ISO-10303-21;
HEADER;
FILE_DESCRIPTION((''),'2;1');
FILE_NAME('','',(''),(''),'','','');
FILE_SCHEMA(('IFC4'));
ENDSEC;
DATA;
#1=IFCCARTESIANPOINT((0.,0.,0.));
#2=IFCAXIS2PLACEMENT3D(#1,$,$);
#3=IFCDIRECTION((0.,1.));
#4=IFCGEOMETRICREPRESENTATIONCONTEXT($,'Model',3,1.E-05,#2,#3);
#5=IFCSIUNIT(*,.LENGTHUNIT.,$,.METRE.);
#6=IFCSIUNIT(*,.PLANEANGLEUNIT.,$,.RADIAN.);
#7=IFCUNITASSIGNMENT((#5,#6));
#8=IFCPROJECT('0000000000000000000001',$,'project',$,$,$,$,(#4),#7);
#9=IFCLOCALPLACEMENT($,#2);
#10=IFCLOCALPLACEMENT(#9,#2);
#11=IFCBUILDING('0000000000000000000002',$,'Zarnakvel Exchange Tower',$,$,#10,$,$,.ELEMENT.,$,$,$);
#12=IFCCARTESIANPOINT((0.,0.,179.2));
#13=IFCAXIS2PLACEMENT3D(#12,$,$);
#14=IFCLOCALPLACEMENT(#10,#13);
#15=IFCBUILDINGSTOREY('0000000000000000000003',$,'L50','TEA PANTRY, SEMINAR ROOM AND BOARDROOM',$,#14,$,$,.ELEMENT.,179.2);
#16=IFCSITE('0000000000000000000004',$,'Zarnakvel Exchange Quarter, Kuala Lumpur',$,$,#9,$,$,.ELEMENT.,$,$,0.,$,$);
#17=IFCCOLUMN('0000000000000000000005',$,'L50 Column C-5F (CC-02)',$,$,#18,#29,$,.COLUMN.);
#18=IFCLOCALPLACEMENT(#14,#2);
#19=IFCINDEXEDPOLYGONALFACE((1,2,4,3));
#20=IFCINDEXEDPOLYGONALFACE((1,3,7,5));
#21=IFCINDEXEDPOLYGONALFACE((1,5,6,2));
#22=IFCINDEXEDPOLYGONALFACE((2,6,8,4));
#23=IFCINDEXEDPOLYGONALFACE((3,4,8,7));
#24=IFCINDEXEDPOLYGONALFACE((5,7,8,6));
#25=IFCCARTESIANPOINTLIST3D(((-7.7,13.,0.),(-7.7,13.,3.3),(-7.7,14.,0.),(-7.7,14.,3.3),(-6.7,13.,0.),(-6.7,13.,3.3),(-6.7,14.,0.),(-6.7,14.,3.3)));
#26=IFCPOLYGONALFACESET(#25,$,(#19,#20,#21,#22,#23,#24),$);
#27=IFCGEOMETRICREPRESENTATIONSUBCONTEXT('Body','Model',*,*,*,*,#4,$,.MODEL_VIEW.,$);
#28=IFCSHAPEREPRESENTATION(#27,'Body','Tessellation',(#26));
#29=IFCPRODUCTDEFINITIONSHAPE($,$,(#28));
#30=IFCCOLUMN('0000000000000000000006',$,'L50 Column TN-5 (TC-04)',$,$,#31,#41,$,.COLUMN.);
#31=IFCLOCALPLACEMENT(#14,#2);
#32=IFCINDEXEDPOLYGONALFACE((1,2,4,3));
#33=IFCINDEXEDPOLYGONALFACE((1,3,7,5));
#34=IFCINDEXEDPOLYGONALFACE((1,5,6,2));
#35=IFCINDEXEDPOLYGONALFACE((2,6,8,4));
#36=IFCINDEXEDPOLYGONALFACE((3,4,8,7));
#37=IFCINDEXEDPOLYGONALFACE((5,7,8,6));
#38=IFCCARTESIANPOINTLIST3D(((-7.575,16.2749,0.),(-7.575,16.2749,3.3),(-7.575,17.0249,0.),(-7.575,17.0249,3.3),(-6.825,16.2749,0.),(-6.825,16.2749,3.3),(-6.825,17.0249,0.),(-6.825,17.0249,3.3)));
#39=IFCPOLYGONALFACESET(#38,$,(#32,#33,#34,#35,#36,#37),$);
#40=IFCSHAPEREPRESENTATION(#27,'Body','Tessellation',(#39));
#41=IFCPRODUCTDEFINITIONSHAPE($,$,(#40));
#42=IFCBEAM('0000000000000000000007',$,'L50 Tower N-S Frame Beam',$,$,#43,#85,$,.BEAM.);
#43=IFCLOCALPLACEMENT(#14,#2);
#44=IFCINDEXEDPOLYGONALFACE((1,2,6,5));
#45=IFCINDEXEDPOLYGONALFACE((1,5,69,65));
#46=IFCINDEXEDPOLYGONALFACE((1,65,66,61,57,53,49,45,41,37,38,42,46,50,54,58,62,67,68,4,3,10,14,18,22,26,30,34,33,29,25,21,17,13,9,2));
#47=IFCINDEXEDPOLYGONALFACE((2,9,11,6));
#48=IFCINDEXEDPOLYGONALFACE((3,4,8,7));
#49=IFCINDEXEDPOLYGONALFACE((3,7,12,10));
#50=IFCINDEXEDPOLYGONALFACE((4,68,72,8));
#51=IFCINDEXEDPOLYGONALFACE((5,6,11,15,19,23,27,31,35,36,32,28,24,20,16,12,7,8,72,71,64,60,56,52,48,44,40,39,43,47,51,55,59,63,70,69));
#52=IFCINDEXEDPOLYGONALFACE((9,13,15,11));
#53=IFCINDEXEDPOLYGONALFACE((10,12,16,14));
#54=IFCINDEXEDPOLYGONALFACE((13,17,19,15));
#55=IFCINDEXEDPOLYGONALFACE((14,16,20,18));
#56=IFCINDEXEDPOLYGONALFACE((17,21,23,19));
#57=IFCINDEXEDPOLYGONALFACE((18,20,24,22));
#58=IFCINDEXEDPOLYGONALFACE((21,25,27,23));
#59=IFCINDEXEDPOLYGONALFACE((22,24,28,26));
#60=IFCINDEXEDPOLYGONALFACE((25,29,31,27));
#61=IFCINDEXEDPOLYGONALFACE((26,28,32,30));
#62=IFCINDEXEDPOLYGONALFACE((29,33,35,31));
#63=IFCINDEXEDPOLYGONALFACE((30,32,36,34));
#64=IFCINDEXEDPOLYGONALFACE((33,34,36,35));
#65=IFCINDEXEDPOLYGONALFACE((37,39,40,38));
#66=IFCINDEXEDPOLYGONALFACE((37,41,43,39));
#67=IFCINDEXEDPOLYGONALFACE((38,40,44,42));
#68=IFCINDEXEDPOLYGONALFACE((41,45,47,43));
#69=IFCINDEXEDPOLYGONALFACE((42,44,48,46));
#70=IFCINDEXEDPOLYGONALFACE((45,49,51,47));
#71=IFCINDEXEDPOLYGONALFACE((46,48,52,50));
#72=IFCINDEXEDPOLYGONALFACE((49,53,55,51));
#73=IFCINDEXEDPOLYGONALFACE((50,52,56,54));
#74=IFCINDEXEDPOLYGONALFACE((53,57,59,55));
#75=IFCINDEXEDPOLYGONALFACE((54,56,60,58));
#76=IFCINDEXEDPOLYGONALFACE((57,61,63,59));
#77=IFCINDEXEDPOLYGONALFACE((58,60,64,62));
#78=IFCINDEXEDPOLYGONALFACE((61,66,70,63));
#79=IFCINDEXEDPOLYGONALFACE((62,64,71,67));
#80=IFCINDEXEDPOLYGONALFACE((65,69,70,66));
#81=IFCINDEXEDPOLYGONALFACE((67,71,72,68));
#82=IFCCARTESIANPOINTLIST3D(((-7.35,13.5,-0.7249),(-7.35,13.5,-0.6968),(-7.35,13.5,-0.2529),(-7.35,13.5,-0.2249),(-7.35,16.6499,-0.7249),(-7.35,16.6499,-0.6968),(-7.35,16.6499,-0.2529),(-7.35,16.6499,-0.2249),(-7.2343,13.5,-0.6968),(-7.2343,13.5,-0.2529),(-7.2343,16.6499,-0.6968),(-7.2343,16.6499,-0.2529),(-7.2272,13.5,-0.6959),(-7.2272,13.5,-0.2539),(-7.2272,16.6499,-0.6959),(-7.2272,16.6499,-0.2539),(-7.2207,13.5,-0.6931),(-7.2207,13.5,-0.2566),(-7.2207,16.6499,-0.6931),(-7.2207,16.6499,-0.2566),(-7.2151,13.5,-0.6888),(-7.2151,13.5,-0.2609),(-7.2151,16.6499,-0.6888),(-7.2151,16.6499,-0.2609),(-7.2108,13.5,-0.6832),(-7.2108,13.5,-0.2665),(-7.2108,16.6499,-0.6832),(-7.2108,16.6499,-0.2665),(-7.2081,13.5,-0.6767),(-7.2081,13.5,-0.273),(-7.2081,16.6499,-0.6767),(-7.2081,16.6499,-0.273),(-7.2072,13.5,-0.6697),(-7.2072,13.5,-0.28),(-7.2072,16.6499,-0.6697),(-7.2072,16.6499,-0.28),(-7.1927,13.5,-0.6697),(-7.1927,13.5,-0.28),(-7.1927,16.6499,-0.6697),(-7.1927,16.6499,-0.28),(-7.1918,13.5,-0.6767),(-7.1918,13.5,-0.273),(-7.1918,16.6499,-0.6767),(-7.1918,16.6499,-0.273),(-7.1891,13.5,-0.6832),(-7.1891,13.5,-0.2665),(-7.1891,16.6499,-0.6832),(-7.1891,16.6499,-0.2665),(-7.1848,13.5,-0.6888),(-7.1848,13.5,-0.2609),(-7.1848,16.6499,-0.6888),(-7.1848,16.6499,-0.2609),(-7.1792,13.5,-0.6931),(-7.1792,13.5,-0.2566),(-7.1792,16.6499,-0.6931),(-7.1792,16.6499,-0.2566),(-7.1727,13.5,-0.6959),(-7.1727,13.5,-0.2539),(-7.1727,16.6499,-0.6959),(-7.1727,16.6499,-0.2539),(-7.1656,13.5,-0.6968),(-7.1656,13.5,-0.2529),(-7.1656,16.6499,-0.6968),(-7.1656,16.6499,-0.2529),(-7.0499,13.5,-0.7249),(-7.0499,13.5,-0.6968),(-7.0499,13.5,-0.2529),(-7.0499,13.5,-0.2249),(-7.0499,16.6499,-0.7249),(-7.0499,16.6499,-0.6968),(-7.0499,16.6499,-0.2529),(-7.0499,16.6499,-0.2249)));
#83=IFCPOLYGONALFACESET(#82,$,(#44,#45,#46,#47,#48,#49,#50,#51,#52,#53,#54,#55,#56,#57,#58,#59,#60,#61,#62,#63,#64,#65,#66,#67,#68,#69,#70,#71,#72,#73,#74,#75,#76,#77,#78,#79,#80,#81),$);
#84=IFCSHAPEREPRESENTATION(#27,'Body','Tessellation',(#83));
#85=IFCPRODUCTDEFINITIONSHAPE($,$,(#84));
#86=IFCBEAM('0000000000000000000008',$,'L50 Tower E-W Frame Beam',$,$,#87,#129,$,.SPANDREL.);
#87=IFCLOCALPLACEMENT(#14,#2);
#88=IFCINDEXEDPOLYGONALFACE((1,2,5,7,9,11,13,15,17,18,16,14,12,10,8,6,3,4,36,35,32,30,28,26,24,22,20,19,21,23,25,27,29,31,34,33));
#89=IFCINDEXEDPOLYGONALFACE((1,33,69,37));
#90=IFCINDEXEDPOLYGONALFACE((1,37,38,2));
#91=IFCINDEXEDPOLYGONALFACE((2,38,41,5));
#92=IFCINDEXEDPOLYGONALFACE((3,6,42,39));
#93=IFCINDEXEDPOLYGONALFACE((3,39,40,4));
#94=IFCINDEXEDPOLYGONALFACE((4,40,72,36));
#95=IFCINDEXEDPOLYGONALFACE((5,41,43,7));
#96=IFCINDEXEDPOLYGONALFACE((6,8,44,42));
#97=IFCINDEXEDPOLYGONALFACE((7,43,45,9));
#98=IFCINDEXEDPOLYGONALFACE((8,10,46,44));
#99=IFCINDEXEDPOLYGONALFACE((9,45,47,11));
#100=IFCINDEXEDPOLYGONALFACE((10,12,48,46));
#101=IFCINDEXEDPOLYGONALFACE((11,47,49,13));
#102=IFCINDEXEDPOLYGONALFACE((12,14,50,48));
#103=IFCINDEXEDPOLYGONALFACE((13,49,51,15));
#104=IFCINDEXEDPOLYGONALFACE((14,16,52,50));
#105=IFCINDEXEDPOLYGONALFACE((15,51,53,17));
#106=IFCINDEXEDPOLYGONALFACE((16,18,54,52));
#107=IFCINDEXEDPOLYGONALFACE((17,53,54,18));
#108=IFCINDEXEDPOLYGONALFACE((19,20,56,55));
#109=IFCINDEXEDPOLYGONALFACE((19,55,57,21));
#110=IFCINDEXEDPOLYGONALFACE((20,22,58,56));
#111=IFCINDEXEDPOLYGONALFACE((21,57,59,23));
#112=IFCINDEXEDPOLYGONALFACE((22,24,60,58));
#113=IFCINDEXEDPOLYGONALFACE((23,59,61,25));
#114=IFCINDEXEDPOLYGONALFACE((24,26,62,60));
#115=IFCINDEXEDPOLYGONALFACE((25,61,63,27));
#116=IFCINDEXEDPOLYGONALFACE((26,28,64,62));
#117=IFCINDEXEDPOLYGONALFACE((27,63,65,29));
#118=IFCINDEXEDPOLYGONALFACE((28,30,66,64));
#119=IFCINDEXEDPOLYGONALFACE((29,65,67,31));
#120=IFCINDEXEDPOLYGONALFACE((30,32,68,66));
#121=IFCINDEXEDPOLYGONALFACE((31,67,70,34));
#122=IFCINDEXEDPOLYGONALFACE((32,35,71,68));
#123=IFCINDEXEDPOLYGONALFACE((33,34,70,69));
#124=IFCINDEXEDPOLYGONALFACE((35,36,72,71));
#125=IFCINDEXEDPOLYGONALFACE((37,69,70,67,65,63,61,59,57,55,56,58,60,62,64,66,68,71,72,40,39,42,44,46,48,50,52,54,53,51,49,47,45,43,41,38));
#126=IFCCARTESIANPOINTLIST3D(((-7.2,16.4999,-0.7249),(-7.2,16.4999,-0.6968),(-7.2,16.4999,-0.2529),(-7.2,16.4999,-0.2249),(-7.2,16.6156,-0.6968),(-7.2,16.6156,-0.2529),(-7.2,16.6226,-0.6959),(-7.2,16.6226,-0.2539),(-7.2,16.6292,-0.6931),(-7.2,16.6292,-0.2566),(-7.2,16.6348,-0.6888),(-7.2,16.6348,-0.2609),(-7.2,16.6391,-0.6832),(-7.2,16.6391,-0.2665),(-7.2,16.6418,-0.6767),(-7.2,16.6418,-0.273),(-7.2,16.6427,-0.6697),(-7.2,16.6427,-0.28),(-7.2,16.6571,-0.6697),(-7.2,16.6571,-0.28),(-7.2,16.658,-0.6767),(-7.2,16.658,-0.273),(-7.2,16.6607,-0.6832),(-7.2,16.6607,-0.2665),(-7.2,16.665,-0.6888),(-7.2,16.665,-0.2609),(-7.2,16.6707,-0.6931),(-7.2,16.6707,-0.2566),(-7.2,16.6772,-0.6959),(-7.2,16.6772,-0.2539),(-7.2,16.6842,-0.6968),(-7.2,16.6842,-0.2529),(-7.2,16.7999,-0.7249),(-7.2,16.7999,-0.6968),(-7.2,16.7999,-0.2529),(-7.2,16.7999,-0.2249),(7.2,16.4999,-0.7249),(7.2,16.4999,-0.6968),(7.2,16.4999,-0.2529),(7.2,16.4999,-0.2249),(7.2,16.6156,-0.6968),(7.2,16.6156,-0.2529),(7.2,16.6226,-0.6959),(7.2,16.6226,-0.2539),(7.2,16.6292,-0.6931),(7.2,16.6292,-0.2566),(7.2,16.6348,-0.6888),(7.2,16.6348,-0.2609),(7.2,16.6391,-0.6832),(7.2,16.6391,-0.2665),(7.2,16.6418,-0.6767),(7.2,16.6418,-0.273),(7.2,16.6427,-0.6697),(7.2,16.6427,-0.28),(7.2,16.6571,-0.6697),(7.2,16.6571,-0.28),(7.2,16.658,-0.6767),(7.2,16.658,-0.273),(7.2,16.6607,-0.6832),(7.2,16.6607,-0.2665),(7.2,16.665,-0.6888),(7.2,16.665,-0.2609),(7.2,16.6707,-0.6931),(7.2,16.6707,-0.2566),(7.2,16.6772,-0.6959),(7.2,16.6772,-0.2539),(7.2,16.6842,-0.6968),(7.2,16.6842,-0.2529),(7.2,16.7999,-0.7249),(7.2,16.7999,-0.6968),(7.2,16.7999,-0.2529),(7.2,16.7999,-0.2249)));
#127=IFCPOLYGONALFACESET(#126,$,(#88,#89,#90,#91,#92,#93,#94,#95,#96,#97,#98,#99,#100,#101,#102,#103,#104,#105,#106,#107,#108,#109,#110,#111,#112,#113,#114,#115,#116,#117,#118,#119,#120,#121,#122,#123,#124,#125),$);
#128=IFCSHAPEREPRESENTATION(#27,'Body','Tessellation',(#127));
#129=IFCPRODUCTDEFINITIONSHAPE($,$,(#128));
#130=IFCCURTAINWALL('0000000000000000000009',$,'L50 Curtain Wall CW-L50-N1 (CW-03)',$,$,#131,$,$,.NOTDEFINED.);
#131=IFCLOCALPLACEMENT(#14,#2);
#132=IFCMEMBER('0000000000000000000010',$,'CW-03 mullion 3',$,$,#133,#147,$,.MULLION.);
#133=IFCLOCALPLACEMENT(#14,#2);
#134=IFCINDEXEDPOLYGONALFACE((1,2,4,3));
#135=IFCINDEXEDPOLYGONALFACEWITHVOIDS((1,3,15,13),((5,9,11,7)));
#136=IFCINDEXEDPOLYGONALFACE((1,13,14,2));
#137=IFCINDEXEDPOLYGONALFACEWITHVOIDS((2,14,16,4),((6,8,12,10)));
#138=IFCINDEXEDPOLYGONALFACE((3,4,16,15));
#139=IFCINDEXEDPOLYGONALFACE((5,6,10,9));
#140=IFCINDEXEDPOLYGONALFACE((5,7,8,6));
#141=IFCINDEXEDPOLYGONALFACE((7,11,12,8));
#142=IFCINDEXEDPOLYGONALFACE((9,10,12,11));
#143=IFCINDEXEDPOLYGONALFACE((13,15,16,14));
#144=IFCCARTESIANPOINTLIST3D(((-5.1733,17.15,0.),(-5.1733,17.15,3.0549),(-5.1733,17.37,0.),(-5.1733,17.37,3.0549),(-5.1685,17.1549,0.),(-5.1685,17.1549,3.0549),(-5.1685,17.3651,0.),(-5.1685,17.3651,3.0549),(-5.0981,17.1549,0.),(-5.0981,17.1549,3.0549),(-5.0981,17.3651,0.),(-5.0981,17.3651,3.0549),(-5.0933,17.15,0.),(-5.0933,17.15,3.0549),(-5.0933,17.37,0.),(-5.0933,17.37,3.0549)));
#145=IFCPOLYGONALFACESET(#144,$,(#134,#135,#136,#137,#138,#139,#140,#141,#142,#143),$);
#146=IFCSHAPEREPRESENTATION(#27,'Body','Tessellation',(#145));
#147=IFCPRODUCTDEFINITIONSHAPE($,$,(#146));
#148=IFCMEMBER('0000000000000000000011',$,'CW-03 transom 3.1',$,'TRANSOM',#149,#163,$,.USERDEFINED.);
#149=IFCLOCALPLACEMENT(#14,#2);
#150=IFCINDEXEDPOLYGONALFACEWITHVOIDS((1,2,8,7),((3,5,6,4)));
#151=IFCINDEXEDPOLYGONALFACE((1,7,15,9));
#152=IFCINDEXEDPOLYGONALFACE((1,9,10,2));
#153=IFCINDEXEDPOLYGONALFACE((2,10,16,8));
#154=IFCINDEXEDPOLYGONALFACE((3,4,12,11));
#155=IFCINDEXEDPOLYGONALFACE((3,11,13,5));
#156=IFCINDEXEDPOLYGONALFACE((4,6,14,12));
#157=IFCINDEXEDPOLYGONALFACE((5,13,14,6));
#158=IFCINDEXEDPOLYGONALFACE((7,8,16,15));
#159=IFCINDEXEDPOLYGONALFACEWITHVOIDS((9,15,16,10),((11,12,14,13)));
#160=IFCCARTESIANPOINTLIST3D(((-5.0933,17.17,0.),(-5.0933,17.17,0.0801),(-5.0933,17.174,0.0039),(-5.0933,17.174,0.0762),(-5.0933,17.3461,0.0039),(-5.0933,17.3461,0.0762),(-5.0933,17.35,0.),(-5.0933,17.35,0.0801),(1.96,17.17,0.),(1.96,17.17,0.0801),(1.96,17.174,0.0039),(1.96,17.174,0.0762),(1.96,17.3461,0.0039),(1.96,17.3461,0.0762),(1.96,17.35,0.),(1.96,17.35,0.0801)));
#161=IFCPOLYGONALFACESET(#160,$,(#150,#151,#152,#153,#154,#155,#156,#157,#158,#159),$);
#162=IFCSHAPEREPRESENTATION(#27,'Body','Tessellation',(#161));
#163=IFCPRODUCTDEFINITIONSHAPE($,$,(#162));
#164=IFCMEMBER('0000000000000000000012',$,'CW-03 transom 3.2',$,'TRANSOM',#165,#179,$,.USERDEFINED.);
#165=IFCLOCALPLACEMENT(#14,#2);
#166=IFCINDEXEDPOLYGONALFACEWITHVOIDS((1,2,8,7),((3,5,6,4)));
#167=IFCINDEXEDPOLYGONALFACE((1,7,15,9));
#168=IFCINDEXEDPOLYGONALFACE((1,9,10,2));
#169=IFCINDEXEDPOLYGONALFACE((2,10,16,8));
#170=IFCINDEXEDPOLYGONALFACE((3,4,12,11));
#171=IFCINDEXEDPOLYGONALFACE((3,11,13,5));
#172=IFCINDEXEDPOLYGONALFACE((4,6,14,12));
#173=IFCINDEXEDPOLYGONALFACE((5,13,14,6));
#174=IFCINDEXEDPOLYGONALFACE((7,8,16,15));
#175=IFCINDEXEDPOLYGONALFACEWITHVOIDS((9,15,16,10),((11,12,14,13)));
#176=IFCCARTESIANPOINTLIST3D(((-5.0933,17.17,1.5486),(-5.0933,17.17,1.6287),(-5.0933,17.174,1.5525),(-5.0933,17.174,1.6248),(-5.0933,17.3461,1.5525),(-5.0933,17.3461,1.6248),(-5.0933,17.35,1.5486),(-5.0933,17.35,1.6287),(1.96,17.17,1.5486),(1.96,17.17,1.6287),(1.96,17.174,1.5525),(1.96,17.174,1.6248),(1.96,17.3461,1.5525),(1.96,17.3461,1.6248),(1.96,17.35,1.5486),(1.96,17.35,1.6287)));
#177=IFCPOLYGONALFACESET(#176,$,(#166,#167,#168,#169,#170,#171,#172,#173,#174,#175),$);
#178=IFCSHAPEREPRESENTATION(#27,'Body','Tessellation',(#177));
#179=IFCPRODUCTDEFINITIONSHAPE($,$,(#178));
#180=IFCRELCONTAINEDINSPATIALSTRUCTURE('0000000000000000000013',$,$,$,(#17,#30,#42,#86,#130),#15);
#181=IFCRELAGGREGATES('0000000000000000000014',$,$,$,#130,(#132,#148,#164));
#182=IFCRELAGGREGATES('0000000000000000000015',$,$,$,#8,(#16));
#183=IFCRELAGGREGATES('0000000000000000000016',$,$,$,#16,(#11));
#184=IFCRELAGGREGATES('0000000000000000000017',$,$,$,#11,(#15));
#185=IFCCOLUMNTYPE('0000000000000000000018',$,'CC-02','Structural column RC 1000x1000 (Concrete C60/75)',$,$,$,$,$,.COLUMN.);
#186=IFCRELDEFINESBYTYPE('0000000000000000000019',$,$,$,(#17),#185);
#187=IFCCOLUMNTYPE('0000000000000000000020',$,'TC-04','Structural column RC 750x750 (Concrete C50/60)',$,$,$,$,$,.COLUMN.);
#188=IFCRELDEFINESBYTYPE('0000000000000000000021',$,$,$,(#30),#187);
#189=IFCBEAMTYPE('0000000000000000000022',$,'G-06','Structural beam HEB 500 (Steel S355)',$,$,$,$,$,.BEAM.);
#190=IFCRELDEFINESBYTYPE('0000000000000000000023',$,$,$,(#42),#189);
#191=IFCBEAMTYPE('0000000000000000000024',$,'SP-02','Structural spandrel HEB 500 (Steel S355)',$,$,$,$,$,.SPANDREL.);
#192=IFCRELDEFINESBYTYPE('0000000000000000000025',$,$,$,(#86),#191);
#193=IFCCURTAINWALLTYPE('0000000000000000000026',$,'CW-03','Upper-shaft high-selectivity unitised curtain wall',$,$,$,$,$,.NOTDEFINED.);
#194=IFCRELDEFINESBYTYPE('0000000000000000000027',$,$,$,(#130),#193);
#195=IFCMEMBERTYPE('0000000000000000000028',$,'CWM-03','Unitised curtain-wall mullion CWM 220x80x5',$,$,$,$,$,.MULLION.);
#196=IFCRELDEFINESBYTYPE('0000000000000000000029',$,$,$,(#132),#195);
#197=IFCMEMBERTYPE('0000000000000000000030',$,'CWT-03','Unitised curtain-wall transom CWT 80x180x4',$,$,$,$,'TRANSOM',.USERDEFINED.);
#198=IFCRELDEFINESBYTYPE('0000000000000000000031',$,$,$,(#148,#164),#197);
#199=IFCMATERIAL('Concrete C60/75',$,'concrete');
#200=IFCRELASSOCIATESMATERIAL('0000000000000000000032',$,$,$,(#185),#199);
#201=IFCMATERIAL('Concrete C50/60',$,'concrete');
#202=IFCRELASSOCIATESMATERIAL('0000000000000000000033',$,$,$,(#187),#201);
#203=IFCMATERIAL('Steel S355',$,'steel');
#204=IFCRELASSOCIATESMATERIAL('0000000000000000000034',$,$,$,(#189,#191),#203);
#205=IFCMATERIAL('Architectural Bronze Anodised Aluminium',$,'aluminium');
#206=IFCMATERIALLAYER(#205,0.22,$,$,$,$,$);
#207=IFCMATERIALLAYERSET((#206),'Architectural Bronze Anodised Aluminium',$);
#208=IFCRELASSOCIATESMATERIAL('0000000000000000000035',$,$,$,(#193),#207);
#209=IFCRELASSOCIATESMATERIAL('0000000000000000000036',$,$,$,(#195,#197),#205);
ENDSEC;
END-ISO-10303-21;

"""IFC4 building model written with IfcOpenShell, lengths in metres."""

from ifc_helpers import new_model, si_unit, direction, frame, origin, origin_2d, place, context, subcontext, project, spatial, rectangle, hollow_rectangle, i_section, extrude, source, transform, mapped, material, layer, layer_set, material_profile, profile_set, type_object, element, aggregate, save


model = new_model("IFC4")

# Units and contexts
model_context = context("Model", 3, precision=1e-05, world=origin(), true_north=direction((0.0, 1.0)))
body_context = subcontext(model_context, "Body", "Model", "MODEL_VIEW")
ifc_project = project(units=[si_unit("LENGTHUNIT", "METRE"), si_unit("PLANEANGLEUNIT", "RADIAN")], contexts=[model_context])

# Site, building, storey
site_placement = place(None, origin())
site = spatial("IfcSite", under=ifc_project, at=site_placement, Name="Zarnakvel Exchange Quarter, Kuala Lumpur", CompositionType="ELEMENT", RefElevation=0.0)
building_placement = place(site_placement, origin())
building = spatial("IfcBuilding", under=site, at=building_placement, Name="Zarnakvel Exchange Tower", CompositionType="ELEMENT")
storey_placement = place(building_placement, frame((0.0, 0.0, 179.2)))
storey = spatial("IfcBuildingStorey", under=building, at=storey_placement, Name="L50", Description="TEA PANTRY, SEMINAR ROOM AND BOARDROOM", CompositionType="ELEMENT", Elevation=179.2)

# Columns
ifc_material_1 = material(Name="Concrete C60/75", Category="concrete")
ifc_material_profile_1 = material_profile(ifc_material_1, rectangle(XDim=1.0, YDim=1.0, at=origin_2d()))
ifc_profile_set_1 = profile_set([ifc_material_profile_1], Name="Concrete C60/75")
column_type_1 = type_object("IfcColumnType", Name="CC-02", Description="Structural column RC 1000x1000 (Concrete C60/75)", PredefinedType="COLUMN", material=ifc_profile_set_1)
column_1_placement = place(storey_placement, frame((-7.2, 13.5, 0.0), z_axis=(0.0, 0.0, 1.0), x_axis=(1.0, 0.0, 0.0)))
element("IfcColumn", 1, at=column_1_placement, inside=storey, type_object=column_type_1, Name="L50 Column C-5F (CC-02)", PredefinedType="COLUMN", context=body_context, shape_type="SweptSolid", body=[
    extrude(rectangle(XDim=1.0, YDim=1.0, at=origin_2d()), origin(), (0.0, 0.0, 1.0), 3.3),
])
ifc_material_2 = material(Name="Concrete C50/60", Category="concrete")
ifc_material_profile_2 = material_profile(ifc_material_2, rectangle(XDim=0.75, YDim=0.75, at=origin_2d()))
ifc_profile_set_2 = profile_set([ifc_material_profile_2], Name="Concrete C50/60")
column_type_2 = type_object("IfcColumnType", Name="TC-04", Description="Structural column RC 750x750 (Concrete C50/60)", PredefinedType="COLUMN", material=ifc_profile_set_2)
column_2_placement = place(storey_placement, frame((-7.2, 16.6499, 0.0), z_axis=(0.0, 0.0, 1.0), x_axis=(1.0, 0.0, 0.0)))
element("IfcColumn", 2, at=column_2_placement, inside=storey, type_object=column_type_2, Name="L50 Column TN-5 (TC-04)", PredefinedType="COLUMN", context=body_context, shape_type="SweptSolid", body=[
    extrude(rectangle(XDim=0.75, YDim=0.75, at=origin_2d()), origin(), (0.0, 0.0, 1.0), 3.3),
])

# Beams
ifc_material_3 = material(Name="Steel S355", Category="steel")
ifc_material_profile_3 = material_profile(ifc_material_3, i_section(OverallWidth=0.3, OverallDepth=0.5, WebThickness=0.0144, FlangeThickness=0.0281, FilletRadius=0.0271, at=origin_2d()))
ifc_profile_set_3 = profile_set([ifc_material_profile_3], Name="Steel S355")
beam_type_1 = type_object("IfcBeamType", Name="G-06", Description="Structural beam HEB 500 (Steel S355)", PredefinedType="BEAM", material=ifc_profile_set_3)
beam_1_placement = place(storey_placement, frame((-7.2, 13.5, -0.4749), z_axis=(0.0, 1.0, 0.0), x_axis=(-1.0, 0.0, 0.0)))
element("IfcBeam", 3, at=beam_1_placement, inside=storey, type_object=beam_type_1, Name="L50 Tower N-S Frame Beam", PredefinedType="BEAM", context=body_context, shape_type="SweptSolid", body=[
    extrude(i_section(OverallWidth=0.3, OverallDepth=0.5, WebThickness=0.0144, FlangeThickness=0.0281, FilletRadius=0.0271, at=origin_2d()), origin(), (0.0, 0.0, 1.0), 3.1499),
])
ifc_material_profile_4 = material_profile(ifc_material_3, i_section(OverallWidth=0.3, OverallDepth=0.5, WebThickness=0.0144, FlangeThickness=0.0281, FilletRadius=0.0271, at=origin_2d()))
ifc_profile_set_4 = profile_set([ifc_material_profile_4], Name="Steel S355")
beam_type_2 = type_object("IfcBeamType", Name="SP-02", Description="Structural spandrel HEB 500 (Steel S355)", PredefinedType="SPANDREL", material=ifc_profile_set_4)
beam_2_placement = place(storey_placement, frame((-7.2, 16.6499, -0.4749), z_axis=(1.0, 0.0, 0.0), x_axis=(0.0, 1.0, 0.0)))
element("IfcBeam", 4, at=beam_2_placement, inside=storey, type_object=beam_type_2, Name="L50 Tower E-W Frame Beam", PredefinedType="SPANDREL", context=body_context, shape_type="SweptSolid", body=[
    extrude(i_section(OverallWidth=0.3, OverallDepth=0.5, WebThickness=0.0144, FlangeThickness=0.0281, FilletRadius=0.0271, at=origin_2d()), origin(), (0.0, 0.0, 1.0), 14.3999),
])

# Curtain wall, members
ifc_material_4 = material(Name="Architectural Bronze Anodised Aluminium", Category="aluminium")
ifc_layer_1 = layer(ifc_material_4, 0.22)
ifc_layer_set_1 = layer_set([ifc_layer_1], Name="Architectural Bronze Anodised Aluminium")
curtain_wall_type = type_object("IfcCurtainWallType", Name="CW-03", Description="Upper-shaft high-selectivity unitised curtain wall", PredefinedType="NOTDEFINED", material=ifc_layer_set_1)
curtain_wall_placement = place(storey_placement, origin())
curtain_wall = element("IfcCurtainWall", 5, at=curtain_wall_placement, inside=storey, type_object=curtain_wall_type, Name="L50 Curtain Wall CW-L50-N1 (CW-03)", PredefinedType="NOTDEFINED")
ifc_material_profile_5 = material_profile(ifc_material_4, hollow_rectangle(XDim=0.22, YDim=0.0801, WallThickness=0.0049, at=origin_2d()))
ifc_profile_set_5 = profile_set([ifc_material_profile_5], Name="Architectural Bronze Anodised Aluminium")
member_type_1 = type_object("IfcMemberType", Name="CWM-03", Description="Unitised curtain-wall mullion CWM 220x80x5", PredefinedType="MULLION", material=ifc_profile_set_5)
shared_shape_1 = source(origin(), body_context, "Body", "SweptSolid", [
    extrude(hollow_rectangle(XDim=0.22, YDim=0.0801, WallThickness=0.0049, at=origin_2d()), origin(), (0.0, 0.0, 1.0), 3.0549),
])
member_1_placement = place(storey_placement, frame((-5.1333, 17.26, 0.0), z_axis=(0.0, 0.0, 1.0), x_axis=(0.0, 1.0, 0.0)))
member_1 = element("IfcMember", 6, at=member_1_placement, type_object=member_type_1, Name="CW-03 mullion 3", PredefinedType="MULLION", context=body_context, shape_type="MappedRepresentation", body=[
    mapped(shared_shape_1, transform((0.0, 0.0, 0.0), x_axis=(1.0, 0.0, 0.0), y_axis=(0.0, 1.0, 0.0), z_axis=(0.0, 0.0, 1.0), scale=1.0)),
])
ifc_material_profile_6 = material_profile(ifc_material_4, hollow_rectangle(XDim=0.1799, YDim=0.0801, WallThickness=0.0039, at=origin_2d()))
ifc_profile_set_6 = profile_set([ifc_material_profile_6], Name="Architectural Bronze Anodised Aluminium")
member_type_2 = type_object("IfcMemberType", Name="CWT-03", Description="Unitised curtain-wall transom CWT 80x180x4", ElementType="TRANSOM", PredefinedType="USERDEFINED", material=ifc_profile_set_6)
shared_shape_2 = source(origin(), body_context, "Body", "SweptSolid", [
    extrude(hollow_rectangle(XDim=0.1799, YDim=0.0801, WallThickness=0.0039, at=origin_2d()), origin(), (0.0, 0.0, 1.0), 7.0532),
])
member_2_placement = place(storey_placement, frame((-5.0933, 17.26, 0.04), z_axis=(1.0, 0.0, 0.0), x_axis=(0.0, 1.0, 0.0)))
member_2 = element("IfcMember", 7, at=member_2_placement, type_object=member_type_2, Name="CW-03 transom 3.1", ObjectType="TRANSOM", PredefinedType="USERDEFINED", context=body_context, shape_type="MappedRepresentation", body=[
    mapped(shared_shape_2, transform((0.0, 0.0, 0.0), x_axis=(1.0, 0.0, 0.0), y_axis=(0.0, 1.0, 0.0), z_axis=(0.0, 0.0, 1.0), scale=1.0)),
])
member_3_placement = place(storey_placement, frame((-5.0933, 17.26, 1.5886), z_axis=(1.0, 0.0, 0.0), x_axis=(0.0, 1.0, 0.0)))
member_3 = element("IfcMember", 8, at=member_3_placement, type_object=member_type_2, Name="CW-03 transom 3.2", ObjectType="TRANSOM", PredefinedType="USERDEFINED", context=body_context, shape_type="MappedRepresentation", body=[
    mapped(shared_shape_2, transform((0.0, 0.0, 0.0), x_axis=(1.0, 0.0, 0.0), y_axis=(0.0, 1.0, 0.0), z_axis=(0.0, 0.0, 1.0), scale=1.0)),
])
aggregate(curtain_wall, [member_1, member_2, member_3])

save(model, "model.ifc")
